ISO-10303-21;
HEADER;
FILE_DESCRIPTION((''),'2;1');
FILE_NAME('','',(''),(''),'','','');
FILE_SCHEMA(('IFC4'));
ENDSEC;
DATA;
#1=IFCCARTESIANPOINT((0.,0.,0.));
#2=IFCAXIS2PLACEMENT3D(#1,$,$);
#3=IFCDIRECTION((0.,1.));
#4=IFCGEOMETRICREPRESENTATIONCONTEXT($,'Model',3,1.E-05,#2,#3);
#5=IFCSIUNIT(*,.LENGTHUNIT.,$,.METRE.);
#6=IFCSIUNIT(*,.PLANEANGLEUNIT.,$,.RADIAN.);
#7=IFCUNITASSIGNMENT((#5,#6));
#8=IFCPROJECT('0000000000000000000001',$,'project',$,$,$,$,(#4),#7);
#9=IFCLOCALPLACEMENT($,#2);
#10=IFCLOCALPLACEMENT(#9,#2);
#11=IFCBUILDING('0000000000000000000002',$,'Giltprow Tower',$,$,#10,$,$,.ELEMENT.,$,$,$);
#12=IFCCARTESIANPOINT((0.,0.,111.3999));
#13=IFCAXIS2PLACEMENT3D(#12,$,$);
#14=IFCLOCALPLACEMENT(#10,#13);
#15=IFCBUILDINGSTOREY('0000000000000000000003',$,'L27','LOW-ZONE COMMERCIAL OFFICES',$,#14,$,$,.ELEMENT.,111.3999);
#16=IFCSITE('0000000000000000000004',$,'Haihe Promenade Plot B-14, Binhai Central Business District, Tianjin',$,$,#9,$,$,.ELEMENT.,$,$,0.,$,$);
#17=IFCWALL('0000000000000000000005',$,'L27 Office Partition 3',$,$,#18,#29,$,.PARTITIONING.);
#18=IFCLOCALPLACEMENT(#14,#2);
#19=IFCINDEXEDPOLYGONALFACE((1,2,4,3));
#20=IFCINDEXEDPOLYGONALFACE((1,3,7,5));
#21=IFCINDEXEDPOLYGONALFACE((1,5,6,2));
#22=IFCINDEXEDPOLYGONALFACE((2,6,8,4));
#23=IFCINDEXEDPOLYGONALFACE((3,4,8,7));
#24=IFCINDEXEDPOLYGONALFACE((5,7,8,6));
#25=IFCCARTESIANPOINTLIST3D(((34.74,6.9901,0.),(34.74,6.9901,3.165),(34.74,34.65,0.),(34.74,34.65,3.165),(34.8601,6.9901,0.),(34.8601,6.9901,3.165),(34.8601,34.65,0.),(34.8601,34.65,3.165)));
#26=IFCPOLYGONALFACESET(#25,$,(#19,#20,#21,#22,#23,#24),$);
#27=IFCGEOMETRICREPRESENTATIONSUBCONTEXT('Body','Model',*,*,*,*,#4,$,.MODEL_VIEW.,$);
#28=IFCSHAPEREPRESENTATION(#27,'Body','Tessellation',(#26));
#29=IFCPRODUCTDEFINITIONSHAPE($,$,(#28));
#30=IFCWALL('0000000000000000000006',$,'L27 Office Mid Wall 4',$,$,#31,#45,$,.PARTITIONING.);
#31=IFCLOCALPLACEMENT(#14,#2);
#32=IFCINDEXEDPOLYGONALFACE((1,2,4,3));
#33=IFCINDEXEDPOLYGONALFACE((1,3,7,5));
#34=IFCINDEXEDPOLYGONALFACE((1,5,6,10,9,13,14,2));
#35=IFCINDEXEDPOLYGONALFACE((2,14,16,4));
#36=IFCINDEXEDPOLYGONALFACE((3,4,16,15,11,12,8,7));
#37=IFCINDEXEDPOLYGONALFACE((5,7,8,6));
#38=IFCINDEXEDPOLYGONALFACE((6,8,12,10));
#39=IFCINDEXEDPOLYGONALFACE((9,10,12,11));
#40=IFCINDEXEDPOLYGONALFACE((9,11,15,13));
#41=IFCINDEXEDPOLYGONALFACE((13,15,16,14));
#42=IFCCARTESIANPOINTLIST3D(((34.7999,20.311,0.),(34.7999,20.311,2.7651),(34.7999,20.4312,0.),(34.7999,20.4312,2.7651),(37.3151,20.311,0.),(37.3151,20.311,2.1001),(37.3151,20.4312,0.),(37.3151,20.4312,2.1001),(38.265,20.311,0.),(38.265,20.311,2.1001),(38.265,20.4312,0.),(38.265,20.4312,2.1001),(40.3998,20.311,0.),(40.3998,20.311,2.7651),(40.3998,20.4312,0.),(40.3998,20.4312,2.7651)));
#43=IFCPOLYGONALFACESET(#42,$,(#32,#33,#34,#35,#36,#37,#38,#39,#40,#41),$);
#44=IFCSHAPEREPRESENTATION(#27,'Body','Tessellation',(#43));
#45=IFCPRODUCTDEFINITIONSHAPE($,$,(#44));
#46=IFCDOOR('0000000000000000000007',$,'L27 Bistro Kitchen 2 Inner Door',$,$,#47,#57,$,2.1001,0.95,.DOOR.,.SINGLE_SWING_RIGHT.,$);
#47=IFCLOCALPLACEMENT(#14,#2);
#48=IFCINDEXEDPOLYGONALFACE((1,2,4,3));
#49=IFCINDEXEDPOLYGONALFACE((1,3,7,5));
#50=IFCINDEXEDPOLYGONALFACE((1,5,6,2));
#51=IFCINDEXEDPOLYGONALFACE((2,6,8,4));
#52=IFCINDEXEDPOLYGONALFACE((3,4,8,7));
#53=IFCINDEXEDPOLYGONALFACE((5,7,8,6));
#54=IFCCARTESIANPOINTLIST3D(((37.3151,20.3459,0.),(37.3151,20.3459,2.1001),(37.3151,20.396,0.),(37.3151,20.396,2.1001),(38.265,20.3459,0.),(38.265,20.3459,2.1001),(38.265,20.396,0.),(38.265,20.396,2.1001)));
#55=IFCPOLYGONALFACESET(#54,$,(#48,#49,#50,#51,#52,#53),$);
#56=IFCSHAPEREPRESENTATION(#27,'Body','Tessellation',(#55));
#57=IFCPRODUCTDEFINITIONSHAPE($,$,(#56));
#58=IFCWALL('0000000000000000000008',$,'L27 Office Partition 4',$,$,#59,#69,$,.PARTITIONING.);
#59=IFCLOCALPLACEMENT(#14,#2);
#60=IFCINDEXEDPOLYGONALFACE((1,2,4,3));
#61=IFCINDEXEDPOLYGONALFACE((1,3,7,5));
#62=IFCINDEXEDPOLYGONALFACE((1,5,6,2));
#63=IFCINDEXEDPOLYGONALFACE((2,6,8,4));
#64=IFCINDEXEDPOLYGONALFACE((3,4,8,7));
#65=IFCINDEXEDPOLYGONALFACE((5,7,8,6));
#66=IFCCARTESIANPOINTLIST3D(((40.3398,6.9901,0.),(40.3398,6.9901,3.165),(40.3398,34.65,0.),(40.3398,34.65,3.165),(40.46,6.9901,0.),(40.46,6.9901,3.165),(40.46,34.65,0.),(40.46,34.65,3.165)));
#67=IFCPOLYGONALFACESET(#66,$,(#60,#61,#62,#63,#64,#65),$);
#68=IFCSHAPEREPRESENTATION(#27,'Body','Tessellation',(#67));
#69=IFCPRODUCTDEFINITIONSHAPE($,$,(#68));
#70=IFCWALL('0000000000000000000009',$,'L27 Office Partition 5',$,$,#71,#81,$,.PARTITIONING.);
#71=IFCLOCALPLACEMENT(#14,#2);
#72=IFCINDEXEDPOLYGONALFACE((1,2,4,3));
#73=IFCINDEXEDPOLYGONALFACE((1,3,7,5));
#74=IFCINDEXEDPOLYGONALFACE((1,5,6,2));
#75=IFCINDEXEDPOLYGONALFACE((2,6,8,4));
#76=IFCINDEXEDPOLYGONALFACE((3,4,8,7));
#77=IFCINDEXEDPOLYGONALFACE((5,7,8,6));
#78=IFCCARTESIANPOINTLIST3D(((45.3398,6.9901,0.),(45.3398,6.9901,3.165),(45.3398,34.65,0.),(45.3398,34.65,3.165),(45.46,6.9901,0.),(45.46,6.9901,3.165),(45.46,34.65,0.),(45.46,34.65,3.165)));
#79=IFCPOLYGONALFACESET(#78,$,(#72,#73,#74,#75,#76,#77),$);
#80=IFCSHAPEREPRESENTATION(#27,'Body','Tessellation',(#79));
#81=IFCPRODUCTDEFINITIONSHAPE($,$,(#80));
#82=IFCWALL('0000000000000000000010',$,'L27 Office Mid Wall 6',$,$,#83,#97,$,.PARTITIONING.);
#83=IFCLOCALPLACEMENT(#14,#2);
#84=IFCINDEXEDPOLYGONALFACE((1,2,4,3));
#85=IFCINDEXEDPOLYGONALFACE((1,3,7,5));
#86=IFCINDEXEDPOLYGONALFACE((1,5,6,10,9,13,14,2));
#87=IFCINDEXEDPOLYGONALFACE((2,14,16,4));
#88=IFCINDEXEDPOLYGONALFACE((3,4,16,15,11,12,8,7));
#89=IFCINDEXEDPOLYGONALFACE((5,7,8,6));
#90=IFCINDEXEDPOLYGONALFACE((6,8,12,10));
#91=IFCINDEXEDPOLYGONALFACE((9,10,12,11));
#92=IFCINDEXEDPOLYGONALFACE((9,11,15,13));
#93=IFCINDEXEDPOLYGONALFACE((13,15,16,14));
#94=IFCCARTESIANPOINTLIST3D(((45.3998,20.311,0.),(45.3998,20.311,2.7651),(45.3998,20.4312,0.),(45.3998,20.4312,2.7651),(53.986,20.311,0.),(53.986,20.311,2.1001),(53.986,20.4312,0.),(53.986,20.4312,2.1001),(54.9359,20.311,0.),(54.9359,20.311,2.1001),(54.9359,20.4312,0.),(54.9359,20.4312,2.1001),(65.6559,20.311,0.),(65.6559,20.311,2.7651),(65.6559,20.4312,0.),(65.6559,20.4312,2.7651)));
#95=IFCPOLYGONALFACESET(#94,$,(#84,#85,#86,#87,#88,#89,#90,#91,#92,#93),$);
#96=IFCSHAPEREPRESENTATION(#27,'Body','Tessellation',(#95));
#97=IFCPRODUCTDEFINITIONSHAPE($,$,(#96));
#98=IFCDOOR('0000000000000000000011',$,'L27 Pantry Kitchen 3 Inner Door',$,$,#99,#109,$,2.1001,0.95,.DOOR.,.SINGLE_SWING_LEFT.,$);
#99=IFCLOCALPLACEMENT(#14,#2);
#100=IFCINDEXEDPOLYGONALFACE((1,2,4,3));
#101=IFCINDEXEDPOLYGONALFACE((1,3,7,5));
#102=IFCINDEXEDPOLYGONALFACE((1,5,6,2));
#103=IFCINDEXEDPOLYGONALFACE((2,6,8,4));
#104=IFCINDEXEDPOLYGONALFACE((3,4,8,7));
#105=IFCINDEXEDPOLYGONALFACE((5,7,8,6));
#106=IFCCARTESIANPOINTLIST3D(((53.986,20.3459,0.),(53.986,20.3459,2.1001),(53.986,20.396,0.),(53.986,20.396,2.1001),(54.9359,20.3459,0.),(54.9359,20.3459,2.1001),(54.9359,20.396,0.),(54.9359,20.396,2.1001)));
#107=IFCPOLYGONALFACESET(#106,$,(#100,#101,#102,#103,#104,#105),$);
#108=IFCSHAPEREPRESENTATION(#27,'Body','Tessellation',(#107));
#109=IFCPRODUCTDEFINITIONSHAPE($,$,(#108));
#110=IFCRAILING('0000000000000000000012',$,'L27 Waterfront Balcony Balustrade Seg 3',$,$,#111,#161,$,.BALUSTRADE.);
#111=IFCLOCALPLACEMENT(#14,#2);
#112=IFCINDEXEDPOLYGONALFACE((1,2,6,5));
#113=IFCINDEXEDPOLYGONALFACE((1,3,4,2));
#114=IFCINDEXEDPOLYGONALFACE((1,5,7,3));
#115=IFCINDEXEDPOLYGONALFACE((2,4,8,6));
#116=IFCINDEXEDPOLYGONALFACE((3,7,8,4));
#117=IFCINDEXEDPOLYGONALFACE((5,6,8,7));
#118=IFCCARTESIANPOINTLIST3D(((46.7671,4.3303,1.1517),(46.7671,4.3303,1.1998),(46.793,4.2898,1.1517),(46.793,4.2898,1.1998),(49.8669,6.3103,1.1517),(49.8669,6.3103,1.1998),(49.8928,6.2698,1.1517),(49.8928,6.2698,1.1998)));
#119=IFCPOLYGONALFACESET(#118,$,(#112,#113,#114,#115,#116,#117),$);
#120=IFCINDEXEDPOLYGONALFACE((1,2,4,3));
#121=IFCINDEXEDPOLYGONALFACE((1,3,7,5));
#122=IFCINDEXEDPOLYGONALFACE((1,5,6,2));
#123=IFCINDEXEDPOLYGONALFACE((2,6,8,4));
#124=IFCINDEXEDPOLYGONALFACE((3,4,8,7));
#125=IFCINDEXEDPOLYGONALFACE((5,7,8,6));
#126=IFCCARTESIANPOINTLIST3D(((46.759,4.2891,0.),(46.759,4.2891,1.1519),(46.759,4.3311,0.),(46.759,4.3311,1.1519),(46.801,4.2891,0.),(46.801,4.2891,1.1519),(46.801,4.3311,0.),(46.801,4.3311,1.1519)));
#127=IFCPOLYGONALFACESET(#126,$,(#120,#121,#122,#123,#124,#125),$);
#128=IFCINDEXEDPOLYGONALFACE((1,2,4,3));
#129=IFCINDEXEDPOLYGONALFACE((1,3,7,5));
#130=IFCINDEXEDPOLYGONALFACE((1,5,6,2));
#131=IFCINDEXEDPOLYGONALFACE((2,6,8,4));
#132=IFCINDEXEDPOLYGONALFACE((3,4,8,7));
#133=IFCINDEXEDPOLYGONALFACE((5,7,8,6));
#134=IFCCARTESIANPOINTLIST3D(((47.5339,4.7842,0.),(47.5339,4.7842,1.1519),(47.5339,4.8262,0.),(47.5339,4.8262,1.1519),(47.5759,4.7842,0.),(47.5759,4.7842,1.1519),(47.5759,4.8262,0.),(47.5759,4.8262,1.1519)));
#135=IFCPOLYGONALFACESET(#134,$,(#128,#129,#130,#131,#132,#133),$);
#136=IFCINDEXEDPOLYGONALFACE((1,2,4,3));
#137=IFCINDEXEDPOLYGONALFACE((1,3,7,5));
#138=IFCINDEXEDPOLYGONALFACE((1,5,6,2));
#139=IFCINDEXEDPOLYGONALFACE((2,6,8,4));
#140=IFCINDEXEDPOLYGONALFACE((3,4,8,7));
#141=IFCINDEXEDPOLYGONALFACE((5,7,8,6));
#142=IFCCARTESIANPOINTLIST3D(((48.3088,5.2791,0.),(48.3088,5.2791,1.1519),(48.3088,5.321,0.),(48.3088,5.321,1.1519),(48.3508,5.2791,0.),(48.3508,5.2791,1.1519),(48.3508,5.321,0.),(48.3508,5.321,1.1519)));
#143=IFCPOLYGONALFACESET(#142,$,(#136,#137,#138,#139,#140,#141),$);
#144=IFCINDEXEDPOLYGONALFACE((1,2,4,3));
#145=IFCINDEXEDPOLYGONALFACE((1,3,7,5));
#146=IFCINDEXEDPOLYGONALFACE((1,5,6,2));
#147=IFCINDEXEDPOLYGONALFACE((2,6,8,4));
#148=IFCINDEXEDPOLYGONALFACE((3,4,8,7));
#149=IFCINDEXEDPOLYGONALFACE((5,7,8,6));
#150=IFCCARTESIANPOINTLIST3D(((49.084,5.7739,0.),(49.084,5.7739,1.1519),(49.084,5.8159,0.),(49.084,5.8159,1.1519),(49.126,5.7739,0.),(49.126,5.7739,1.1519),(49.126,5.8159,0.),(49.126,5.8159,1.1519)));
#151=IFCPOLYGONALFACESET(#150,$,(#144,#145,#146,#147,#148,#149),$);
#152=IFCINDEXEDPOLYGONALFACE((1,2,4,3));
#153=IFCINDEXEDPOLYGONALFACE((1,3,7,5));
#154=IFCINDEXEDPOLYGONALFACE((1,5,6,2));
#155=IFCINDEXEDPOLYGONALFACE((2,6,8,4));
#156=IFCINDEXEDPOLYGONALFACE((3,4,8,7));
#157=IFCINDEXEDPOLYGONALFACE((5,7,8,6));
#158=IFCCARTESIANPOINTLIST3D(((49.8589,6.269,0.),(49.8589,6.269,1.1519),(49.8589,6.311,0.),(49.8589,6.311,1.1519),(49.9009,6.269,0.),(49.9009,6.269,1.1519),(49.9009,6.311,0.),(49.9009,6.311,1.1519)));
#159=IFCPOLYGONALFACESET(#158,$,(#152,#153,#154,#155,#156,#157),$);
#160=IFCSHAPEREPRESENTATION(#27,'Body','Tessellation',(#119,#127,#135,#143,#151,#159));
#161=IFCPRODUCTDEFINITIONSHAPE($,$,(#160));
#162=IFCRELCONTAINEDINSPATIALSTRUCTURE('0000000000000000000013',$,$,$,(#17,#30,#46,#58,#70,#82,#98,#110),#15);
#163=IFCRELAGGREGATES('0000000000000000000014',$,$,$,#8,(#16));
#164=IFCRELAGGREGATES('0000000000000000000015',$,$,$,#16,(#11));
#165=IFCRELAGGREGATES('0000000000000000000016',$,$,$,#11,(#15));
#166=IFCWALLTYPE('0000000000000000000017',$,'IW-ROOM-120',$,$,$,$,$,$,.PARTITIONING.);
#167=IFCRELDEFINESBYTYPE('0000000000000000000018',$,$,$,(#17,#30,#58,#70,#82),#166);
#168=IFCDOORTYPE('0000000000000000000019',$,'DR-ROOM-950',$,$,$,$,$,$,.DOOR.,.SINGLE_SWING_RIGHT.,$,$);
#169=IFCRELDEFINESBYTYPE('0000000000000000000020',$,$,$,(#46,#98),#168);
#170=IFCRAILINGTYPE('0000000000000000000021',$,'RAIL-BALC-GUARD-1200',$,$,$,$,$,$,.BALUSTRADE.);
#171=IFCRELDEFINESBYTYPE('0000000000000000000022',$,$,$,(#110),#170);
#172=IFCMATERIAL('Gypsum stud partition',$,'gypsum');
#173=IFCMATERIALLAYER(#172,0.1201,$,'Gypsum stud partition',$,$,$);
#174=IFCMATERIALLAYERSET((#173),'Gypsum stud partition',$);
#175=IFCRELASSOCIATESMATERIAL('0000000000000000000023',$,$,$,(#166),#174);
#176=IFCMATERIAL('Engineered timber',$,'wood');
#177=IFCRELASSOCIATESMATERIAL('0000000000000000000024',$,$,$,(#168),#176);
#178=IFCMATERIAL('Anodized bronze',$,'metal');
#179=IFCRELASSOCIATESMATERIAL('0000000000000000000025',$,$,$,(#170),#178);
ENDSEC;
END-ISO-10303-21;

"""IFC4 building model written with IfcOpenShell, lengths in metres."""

from ifc_helpers import new_model, si_unit, direction, frame, frame_2d, origin, origin_2d, place, context, subcontext, project, spatial, rectangle, extrude, source, transform, mapped, material, layer, layer_set, type_object, element, fill, save


model = new_model("IFC4")

# Units and contexts
model_context = context("Model", 3, precision=1e-05, world=origin(), true_north=direction((0.0, 1.0)))
body_context = subcontext(model_context, "Body", "Model", "MODEL_VIEW")
ifc_project = project(units=[si_unit("LENGTHUNIT", "METRE"), si_unit("PLANEANGLEUNIT", "RADIAN")], contexts=[model_context])

# Site, building, storey
site_placement = place(None, origin())
site = spatial("IfcSite", under=ifc_project, at=site_placement, Name="Haihe Promenade Plot B-14, Binhai Central Business District, Tianjin", CompositionType="ELEMENT", RefElevation=0.0)
building_placement = place(site_placement, origin())
building = spatial("IfcBuilding", under=site, at=building_placement, Name="Giltprow Tower", CompositionType="ELEMENT")
storey_placement = place(building_placement, frame((0.0, 0.0, 111.3999)))
storey = spatial("IfcBuildingStorey", under=building, at=storey_placement, Name="L27", Description="LOW-ZONE COMMERCIAL OFFICES", CompositionType="ELEMENT", Elevation=111.3999)

# Shared definitions
ifc_material_1 = material(Name="Anodized bronze", Category="metal")

# Wall
ifc_material_2 = material(Name="Gypsum stud partition", Category="gypsum")
ifc_layer_1 = layer(ifc_material_2, 0.1201, Name="Gypsum stud partition")
ifc_layer_set_1 = layer_set([ifc_layer_1], Name="Gypsum stud partition")
wall_type_1 = type_object("IfcWallType", Name="IW-ROOM-120", PredefinedType="PARTITIONING", material=ifc_layer_set_1)
wall_1_placement = place(storey_placement, frame((34.8, 6.99, 0.0), z_axis=(0.0, 0.0, 1.0), x_axis=(0.0, 1.0, 0.0)))
element("IfcWall", 1, at=wall_1_placement, inside=storey, type_object=wall_type_1, Name="L27 Office Partition 3", PredefinedType="PARTITIONING", context=body_context, shape_type="SweptSolid", body=[
    extrude(rectangle(XDim=27.6599, YDim=0.1201, at=frame_2d((13.8301, 0.0))), origin(), (0.0, 0.0, 1.0), 3.165),
])

# Wall, opening, door
wall_2_placement = place(storey_placement, frame((34.8, 20.3711, 0.0), z_axis=(0.0, 0.0, 1.0), x_axis=(1.0, 0.0, 0.0)))
wall_2 = element("IfcWall", 2, at=wall_2_placement, inside=storey, type_object=wall_type_1, Name="L27 Office Mid Wall 4", PredefinedType="PARTITIONING", context=body_context, shape_type="SweptSolid", body=[
    extrude(rectangle(XDim=5.5999, YDim=0.1201, at=frame_2d((2.7998, 0.0))), origin(), (0.0, 0.0, 1.0), 2.7651),
])
opening_1_placement = place(wall_2_placement, frame((2.5149, 0.0, 0.0)))
opening_1 = element("IfcOpeningElement", 3, at=opening_1_placement, cuts=wall_2, PredefinedType="OPENING", context=body_context, shape_type="SweptSolid", body=[
    extrude(rectangle(XDim=0.95, YDim=2.1001, at=frame_2d((0.4751, 1.05))), frame((0.0, 0.0701, 0.0), z_axis=(0.0, -1.0, 0.0), x_axis=(1.0, 0.0, 0.0)), (0.0, 0.0, 1.0), 0.1401),
])
ifc_material_3 = material(Name="Engineered timber", Category="wood")
door_type_1 = type_object("IfcDoorType", Name="DR-ROOM-950", OperationType="SINGLE_SWING_RIGHT", PredefinedType="DOOR", material=ifc_material_3)
shared_shape_1 = source(origin(), body_context, "Body", "SweptSolid", [
    extrude(rectangle(XDim=0.95, YDim=2.1001, at=frame_2d((0.4751, 1.05))), frame((0.0, 0.0249, 0.0), z_axis=(0.0, -1.0, 0.0), x_axis=(1.0, 0.0, 0.0)), (0.0, 0.0, 1.0), 0.05),
])
door_1_placement = place(opening_1_placement, origin())
door_1 = element("IfcDoor", 4, at=door_1_placement, inside=storey, type_object=door_type_1, Name="L27 Bistro Kitchen 2 Inner Door", OperationType="SINGLE_SWING_RIGHT", OverallHeight=2.1001, OverallWidth=0.95, PredefinedType="DOOR", context=body_context, shape_type="MappedRepresentation", body=[
    mapped(shared_shape_1, transform((0.0, 0.0, 0.0), x_axis=(1.0, 0.0, 0.0), y_axis=(0.0, 1.0, 0.0), z_axis=(0.0, 0.0, 1.0), scale=1.0)),
])
fill(opening_1, door_1)

# Walls
for number, where, z_axis, x_axis, name in (
    (5, (40.3999, 6.99, 0.0), (0.0, 0.0, 1.0), (0.0, 1.0, 0.0), "L27 Office Partition 4"),
    (6, (45.3999, 6.99, 0.0), (0.0, 0.0, 1.0), (0.0, 1.0, 0.0), "L27 Office Partition 5"),
):
    element("IfcWall", number, at=place(storey_placement, frame(where, z_axis=z_axis, x_axis=x_axis)), inside=storey, type_object=wall_type_1, Name=name, PredefinedType="PARTITIONING", context=body_context, shape_type="SweptSolid", body=[
        extrude(rectangle(XDim=27.6599, YDim=0.1201, at=frame_2d((13.8301, 0.0))), origin(), (0.0, 0.0, 1.0), 3.165),
    ])

# Wall, opening, door
wall_3_placement = place(storey_placement, frame((45.3999, 20.3711, 0.0), z_axis=(0.0, 0.0, 1.0), x_axis=(1.0, 0.0, 0.0)))
wall_3 = element("IfcWall", 7, at=wall_3_placement, inside=storey, type_object=wall_type_1, Name="L27 Office Mid Wall 6", PredefinedType="PARTITIONING", context=body_context, shape_type="SweptSolid", body=[
    extrude(rectangle(XDim=20.2561, YDim=0.1201, at=frame_2d((10.1279, 0.0))), origin(), (0.0, 0.0, 1.0), 2.7651),
])
opening_2_placement = place(wall_3_placement, frame((8.5859, 0.0, 0.0)))
opening_2 = element("IfcOpeningElement", 8, at=opening_2_placement, cuts=wall_3, PredefinedType="OPENING", context=body_context, shape_type="SweptSolid", body=[
    extrude(rectangle(XDim=0.95, YDim=2.1001, at=frame_2d((0.4751, 1.05))), frame((0.0, 0.0701, 0.0), z_axis=(0.0, -1.0, 0.0), x_axis=(1.0, 0.0, 0.0)), (0.0, 0.0, 1.0), 0.1401),
])
door_2_placement = place(opening_2_placement, origin())
door_2 = element("IfcDoor", 9, at=door_2_placement, inside=storey, type_object=door_type_1, Name="L27 Pantry Kitchen 3 Inner Door", OperationType="SINGLE_SWING_LEFT", OverallHeight=2.1001, OverallWidth=0.95, PredefinedType="DOOR", context=body_context, shape_type="MappedRepresentation", body=[
    mapped(shared_shape_1, transform((0.0, 0.0, 0.0), x_axis=(1.0, 0.0, 0.0), y_axis=(0.0, 1.0, 0.0), z_axis=(0.0, 0.0, 1.0), scale=1.0)),
])
fill(opening_2, door_2)

# Railing
railing_type = type_object("IfcRailingType", Name="RAIL-BALC-GUARD-1200", PredefinedType="BALUSTRADE", material=ifc_material_1)
railing_1_placement = place(storey_placement, frame((46.78, 4.3101, 0.0)))
element("IfcRailing", 10, at=railing_1_placement, inside=storey, type_object=railing_type, Name="L27 Waterfront Balcony Balustrade Seg 3", PredefinedType="BALUSTRADE", context=body_context, shape_type="SweptSolid", body=[
    extrude(rectangle(XDim=0.0481, YDim=0.0481, at=origin_2d()), frame((0.0, 0.0, 1.1758), z_axis=(0.842756, 0.538296, 0.0), x_axis=(-0.538296, 0.842756, 0.0)), (0.0, 0.0, 1.0), 3.6782),
    extrude(rectangle(XDim=0.042, YDim=0.042, at=origin_2d()), origin(), (0.0, 0.0, 1.0), 1.1519),
    extrude(rectangle(XDim=0.042, YDim=0.042, at=origin_2d()), frame((0.7749, 0.4951, 0.0)), (0.0, 0.0, 1.0), 1.1519),
    extrude(rectangle(XDim=0.042, YDim=0.042, at=origin_2d()), frame((1.5498, 0.99, 0.0)), (0.0, 0.0, 1.0), 1.1519),
    extrude(rectangle(XDim=0.042, YDim=0.042, at=origin_2d()), frame((2.325, 1.4849, 0.0)), (0.0, 0.0, 1.0), 1.1519),
    extrude(rectangle(XDim=0.042, YDim=0.042, at=origin_2d()), frame((3.0999, 1.98, 0.0)), (0.0, 0.0, 1.0), 1.1519),
])

save(model, "model.ifc")
